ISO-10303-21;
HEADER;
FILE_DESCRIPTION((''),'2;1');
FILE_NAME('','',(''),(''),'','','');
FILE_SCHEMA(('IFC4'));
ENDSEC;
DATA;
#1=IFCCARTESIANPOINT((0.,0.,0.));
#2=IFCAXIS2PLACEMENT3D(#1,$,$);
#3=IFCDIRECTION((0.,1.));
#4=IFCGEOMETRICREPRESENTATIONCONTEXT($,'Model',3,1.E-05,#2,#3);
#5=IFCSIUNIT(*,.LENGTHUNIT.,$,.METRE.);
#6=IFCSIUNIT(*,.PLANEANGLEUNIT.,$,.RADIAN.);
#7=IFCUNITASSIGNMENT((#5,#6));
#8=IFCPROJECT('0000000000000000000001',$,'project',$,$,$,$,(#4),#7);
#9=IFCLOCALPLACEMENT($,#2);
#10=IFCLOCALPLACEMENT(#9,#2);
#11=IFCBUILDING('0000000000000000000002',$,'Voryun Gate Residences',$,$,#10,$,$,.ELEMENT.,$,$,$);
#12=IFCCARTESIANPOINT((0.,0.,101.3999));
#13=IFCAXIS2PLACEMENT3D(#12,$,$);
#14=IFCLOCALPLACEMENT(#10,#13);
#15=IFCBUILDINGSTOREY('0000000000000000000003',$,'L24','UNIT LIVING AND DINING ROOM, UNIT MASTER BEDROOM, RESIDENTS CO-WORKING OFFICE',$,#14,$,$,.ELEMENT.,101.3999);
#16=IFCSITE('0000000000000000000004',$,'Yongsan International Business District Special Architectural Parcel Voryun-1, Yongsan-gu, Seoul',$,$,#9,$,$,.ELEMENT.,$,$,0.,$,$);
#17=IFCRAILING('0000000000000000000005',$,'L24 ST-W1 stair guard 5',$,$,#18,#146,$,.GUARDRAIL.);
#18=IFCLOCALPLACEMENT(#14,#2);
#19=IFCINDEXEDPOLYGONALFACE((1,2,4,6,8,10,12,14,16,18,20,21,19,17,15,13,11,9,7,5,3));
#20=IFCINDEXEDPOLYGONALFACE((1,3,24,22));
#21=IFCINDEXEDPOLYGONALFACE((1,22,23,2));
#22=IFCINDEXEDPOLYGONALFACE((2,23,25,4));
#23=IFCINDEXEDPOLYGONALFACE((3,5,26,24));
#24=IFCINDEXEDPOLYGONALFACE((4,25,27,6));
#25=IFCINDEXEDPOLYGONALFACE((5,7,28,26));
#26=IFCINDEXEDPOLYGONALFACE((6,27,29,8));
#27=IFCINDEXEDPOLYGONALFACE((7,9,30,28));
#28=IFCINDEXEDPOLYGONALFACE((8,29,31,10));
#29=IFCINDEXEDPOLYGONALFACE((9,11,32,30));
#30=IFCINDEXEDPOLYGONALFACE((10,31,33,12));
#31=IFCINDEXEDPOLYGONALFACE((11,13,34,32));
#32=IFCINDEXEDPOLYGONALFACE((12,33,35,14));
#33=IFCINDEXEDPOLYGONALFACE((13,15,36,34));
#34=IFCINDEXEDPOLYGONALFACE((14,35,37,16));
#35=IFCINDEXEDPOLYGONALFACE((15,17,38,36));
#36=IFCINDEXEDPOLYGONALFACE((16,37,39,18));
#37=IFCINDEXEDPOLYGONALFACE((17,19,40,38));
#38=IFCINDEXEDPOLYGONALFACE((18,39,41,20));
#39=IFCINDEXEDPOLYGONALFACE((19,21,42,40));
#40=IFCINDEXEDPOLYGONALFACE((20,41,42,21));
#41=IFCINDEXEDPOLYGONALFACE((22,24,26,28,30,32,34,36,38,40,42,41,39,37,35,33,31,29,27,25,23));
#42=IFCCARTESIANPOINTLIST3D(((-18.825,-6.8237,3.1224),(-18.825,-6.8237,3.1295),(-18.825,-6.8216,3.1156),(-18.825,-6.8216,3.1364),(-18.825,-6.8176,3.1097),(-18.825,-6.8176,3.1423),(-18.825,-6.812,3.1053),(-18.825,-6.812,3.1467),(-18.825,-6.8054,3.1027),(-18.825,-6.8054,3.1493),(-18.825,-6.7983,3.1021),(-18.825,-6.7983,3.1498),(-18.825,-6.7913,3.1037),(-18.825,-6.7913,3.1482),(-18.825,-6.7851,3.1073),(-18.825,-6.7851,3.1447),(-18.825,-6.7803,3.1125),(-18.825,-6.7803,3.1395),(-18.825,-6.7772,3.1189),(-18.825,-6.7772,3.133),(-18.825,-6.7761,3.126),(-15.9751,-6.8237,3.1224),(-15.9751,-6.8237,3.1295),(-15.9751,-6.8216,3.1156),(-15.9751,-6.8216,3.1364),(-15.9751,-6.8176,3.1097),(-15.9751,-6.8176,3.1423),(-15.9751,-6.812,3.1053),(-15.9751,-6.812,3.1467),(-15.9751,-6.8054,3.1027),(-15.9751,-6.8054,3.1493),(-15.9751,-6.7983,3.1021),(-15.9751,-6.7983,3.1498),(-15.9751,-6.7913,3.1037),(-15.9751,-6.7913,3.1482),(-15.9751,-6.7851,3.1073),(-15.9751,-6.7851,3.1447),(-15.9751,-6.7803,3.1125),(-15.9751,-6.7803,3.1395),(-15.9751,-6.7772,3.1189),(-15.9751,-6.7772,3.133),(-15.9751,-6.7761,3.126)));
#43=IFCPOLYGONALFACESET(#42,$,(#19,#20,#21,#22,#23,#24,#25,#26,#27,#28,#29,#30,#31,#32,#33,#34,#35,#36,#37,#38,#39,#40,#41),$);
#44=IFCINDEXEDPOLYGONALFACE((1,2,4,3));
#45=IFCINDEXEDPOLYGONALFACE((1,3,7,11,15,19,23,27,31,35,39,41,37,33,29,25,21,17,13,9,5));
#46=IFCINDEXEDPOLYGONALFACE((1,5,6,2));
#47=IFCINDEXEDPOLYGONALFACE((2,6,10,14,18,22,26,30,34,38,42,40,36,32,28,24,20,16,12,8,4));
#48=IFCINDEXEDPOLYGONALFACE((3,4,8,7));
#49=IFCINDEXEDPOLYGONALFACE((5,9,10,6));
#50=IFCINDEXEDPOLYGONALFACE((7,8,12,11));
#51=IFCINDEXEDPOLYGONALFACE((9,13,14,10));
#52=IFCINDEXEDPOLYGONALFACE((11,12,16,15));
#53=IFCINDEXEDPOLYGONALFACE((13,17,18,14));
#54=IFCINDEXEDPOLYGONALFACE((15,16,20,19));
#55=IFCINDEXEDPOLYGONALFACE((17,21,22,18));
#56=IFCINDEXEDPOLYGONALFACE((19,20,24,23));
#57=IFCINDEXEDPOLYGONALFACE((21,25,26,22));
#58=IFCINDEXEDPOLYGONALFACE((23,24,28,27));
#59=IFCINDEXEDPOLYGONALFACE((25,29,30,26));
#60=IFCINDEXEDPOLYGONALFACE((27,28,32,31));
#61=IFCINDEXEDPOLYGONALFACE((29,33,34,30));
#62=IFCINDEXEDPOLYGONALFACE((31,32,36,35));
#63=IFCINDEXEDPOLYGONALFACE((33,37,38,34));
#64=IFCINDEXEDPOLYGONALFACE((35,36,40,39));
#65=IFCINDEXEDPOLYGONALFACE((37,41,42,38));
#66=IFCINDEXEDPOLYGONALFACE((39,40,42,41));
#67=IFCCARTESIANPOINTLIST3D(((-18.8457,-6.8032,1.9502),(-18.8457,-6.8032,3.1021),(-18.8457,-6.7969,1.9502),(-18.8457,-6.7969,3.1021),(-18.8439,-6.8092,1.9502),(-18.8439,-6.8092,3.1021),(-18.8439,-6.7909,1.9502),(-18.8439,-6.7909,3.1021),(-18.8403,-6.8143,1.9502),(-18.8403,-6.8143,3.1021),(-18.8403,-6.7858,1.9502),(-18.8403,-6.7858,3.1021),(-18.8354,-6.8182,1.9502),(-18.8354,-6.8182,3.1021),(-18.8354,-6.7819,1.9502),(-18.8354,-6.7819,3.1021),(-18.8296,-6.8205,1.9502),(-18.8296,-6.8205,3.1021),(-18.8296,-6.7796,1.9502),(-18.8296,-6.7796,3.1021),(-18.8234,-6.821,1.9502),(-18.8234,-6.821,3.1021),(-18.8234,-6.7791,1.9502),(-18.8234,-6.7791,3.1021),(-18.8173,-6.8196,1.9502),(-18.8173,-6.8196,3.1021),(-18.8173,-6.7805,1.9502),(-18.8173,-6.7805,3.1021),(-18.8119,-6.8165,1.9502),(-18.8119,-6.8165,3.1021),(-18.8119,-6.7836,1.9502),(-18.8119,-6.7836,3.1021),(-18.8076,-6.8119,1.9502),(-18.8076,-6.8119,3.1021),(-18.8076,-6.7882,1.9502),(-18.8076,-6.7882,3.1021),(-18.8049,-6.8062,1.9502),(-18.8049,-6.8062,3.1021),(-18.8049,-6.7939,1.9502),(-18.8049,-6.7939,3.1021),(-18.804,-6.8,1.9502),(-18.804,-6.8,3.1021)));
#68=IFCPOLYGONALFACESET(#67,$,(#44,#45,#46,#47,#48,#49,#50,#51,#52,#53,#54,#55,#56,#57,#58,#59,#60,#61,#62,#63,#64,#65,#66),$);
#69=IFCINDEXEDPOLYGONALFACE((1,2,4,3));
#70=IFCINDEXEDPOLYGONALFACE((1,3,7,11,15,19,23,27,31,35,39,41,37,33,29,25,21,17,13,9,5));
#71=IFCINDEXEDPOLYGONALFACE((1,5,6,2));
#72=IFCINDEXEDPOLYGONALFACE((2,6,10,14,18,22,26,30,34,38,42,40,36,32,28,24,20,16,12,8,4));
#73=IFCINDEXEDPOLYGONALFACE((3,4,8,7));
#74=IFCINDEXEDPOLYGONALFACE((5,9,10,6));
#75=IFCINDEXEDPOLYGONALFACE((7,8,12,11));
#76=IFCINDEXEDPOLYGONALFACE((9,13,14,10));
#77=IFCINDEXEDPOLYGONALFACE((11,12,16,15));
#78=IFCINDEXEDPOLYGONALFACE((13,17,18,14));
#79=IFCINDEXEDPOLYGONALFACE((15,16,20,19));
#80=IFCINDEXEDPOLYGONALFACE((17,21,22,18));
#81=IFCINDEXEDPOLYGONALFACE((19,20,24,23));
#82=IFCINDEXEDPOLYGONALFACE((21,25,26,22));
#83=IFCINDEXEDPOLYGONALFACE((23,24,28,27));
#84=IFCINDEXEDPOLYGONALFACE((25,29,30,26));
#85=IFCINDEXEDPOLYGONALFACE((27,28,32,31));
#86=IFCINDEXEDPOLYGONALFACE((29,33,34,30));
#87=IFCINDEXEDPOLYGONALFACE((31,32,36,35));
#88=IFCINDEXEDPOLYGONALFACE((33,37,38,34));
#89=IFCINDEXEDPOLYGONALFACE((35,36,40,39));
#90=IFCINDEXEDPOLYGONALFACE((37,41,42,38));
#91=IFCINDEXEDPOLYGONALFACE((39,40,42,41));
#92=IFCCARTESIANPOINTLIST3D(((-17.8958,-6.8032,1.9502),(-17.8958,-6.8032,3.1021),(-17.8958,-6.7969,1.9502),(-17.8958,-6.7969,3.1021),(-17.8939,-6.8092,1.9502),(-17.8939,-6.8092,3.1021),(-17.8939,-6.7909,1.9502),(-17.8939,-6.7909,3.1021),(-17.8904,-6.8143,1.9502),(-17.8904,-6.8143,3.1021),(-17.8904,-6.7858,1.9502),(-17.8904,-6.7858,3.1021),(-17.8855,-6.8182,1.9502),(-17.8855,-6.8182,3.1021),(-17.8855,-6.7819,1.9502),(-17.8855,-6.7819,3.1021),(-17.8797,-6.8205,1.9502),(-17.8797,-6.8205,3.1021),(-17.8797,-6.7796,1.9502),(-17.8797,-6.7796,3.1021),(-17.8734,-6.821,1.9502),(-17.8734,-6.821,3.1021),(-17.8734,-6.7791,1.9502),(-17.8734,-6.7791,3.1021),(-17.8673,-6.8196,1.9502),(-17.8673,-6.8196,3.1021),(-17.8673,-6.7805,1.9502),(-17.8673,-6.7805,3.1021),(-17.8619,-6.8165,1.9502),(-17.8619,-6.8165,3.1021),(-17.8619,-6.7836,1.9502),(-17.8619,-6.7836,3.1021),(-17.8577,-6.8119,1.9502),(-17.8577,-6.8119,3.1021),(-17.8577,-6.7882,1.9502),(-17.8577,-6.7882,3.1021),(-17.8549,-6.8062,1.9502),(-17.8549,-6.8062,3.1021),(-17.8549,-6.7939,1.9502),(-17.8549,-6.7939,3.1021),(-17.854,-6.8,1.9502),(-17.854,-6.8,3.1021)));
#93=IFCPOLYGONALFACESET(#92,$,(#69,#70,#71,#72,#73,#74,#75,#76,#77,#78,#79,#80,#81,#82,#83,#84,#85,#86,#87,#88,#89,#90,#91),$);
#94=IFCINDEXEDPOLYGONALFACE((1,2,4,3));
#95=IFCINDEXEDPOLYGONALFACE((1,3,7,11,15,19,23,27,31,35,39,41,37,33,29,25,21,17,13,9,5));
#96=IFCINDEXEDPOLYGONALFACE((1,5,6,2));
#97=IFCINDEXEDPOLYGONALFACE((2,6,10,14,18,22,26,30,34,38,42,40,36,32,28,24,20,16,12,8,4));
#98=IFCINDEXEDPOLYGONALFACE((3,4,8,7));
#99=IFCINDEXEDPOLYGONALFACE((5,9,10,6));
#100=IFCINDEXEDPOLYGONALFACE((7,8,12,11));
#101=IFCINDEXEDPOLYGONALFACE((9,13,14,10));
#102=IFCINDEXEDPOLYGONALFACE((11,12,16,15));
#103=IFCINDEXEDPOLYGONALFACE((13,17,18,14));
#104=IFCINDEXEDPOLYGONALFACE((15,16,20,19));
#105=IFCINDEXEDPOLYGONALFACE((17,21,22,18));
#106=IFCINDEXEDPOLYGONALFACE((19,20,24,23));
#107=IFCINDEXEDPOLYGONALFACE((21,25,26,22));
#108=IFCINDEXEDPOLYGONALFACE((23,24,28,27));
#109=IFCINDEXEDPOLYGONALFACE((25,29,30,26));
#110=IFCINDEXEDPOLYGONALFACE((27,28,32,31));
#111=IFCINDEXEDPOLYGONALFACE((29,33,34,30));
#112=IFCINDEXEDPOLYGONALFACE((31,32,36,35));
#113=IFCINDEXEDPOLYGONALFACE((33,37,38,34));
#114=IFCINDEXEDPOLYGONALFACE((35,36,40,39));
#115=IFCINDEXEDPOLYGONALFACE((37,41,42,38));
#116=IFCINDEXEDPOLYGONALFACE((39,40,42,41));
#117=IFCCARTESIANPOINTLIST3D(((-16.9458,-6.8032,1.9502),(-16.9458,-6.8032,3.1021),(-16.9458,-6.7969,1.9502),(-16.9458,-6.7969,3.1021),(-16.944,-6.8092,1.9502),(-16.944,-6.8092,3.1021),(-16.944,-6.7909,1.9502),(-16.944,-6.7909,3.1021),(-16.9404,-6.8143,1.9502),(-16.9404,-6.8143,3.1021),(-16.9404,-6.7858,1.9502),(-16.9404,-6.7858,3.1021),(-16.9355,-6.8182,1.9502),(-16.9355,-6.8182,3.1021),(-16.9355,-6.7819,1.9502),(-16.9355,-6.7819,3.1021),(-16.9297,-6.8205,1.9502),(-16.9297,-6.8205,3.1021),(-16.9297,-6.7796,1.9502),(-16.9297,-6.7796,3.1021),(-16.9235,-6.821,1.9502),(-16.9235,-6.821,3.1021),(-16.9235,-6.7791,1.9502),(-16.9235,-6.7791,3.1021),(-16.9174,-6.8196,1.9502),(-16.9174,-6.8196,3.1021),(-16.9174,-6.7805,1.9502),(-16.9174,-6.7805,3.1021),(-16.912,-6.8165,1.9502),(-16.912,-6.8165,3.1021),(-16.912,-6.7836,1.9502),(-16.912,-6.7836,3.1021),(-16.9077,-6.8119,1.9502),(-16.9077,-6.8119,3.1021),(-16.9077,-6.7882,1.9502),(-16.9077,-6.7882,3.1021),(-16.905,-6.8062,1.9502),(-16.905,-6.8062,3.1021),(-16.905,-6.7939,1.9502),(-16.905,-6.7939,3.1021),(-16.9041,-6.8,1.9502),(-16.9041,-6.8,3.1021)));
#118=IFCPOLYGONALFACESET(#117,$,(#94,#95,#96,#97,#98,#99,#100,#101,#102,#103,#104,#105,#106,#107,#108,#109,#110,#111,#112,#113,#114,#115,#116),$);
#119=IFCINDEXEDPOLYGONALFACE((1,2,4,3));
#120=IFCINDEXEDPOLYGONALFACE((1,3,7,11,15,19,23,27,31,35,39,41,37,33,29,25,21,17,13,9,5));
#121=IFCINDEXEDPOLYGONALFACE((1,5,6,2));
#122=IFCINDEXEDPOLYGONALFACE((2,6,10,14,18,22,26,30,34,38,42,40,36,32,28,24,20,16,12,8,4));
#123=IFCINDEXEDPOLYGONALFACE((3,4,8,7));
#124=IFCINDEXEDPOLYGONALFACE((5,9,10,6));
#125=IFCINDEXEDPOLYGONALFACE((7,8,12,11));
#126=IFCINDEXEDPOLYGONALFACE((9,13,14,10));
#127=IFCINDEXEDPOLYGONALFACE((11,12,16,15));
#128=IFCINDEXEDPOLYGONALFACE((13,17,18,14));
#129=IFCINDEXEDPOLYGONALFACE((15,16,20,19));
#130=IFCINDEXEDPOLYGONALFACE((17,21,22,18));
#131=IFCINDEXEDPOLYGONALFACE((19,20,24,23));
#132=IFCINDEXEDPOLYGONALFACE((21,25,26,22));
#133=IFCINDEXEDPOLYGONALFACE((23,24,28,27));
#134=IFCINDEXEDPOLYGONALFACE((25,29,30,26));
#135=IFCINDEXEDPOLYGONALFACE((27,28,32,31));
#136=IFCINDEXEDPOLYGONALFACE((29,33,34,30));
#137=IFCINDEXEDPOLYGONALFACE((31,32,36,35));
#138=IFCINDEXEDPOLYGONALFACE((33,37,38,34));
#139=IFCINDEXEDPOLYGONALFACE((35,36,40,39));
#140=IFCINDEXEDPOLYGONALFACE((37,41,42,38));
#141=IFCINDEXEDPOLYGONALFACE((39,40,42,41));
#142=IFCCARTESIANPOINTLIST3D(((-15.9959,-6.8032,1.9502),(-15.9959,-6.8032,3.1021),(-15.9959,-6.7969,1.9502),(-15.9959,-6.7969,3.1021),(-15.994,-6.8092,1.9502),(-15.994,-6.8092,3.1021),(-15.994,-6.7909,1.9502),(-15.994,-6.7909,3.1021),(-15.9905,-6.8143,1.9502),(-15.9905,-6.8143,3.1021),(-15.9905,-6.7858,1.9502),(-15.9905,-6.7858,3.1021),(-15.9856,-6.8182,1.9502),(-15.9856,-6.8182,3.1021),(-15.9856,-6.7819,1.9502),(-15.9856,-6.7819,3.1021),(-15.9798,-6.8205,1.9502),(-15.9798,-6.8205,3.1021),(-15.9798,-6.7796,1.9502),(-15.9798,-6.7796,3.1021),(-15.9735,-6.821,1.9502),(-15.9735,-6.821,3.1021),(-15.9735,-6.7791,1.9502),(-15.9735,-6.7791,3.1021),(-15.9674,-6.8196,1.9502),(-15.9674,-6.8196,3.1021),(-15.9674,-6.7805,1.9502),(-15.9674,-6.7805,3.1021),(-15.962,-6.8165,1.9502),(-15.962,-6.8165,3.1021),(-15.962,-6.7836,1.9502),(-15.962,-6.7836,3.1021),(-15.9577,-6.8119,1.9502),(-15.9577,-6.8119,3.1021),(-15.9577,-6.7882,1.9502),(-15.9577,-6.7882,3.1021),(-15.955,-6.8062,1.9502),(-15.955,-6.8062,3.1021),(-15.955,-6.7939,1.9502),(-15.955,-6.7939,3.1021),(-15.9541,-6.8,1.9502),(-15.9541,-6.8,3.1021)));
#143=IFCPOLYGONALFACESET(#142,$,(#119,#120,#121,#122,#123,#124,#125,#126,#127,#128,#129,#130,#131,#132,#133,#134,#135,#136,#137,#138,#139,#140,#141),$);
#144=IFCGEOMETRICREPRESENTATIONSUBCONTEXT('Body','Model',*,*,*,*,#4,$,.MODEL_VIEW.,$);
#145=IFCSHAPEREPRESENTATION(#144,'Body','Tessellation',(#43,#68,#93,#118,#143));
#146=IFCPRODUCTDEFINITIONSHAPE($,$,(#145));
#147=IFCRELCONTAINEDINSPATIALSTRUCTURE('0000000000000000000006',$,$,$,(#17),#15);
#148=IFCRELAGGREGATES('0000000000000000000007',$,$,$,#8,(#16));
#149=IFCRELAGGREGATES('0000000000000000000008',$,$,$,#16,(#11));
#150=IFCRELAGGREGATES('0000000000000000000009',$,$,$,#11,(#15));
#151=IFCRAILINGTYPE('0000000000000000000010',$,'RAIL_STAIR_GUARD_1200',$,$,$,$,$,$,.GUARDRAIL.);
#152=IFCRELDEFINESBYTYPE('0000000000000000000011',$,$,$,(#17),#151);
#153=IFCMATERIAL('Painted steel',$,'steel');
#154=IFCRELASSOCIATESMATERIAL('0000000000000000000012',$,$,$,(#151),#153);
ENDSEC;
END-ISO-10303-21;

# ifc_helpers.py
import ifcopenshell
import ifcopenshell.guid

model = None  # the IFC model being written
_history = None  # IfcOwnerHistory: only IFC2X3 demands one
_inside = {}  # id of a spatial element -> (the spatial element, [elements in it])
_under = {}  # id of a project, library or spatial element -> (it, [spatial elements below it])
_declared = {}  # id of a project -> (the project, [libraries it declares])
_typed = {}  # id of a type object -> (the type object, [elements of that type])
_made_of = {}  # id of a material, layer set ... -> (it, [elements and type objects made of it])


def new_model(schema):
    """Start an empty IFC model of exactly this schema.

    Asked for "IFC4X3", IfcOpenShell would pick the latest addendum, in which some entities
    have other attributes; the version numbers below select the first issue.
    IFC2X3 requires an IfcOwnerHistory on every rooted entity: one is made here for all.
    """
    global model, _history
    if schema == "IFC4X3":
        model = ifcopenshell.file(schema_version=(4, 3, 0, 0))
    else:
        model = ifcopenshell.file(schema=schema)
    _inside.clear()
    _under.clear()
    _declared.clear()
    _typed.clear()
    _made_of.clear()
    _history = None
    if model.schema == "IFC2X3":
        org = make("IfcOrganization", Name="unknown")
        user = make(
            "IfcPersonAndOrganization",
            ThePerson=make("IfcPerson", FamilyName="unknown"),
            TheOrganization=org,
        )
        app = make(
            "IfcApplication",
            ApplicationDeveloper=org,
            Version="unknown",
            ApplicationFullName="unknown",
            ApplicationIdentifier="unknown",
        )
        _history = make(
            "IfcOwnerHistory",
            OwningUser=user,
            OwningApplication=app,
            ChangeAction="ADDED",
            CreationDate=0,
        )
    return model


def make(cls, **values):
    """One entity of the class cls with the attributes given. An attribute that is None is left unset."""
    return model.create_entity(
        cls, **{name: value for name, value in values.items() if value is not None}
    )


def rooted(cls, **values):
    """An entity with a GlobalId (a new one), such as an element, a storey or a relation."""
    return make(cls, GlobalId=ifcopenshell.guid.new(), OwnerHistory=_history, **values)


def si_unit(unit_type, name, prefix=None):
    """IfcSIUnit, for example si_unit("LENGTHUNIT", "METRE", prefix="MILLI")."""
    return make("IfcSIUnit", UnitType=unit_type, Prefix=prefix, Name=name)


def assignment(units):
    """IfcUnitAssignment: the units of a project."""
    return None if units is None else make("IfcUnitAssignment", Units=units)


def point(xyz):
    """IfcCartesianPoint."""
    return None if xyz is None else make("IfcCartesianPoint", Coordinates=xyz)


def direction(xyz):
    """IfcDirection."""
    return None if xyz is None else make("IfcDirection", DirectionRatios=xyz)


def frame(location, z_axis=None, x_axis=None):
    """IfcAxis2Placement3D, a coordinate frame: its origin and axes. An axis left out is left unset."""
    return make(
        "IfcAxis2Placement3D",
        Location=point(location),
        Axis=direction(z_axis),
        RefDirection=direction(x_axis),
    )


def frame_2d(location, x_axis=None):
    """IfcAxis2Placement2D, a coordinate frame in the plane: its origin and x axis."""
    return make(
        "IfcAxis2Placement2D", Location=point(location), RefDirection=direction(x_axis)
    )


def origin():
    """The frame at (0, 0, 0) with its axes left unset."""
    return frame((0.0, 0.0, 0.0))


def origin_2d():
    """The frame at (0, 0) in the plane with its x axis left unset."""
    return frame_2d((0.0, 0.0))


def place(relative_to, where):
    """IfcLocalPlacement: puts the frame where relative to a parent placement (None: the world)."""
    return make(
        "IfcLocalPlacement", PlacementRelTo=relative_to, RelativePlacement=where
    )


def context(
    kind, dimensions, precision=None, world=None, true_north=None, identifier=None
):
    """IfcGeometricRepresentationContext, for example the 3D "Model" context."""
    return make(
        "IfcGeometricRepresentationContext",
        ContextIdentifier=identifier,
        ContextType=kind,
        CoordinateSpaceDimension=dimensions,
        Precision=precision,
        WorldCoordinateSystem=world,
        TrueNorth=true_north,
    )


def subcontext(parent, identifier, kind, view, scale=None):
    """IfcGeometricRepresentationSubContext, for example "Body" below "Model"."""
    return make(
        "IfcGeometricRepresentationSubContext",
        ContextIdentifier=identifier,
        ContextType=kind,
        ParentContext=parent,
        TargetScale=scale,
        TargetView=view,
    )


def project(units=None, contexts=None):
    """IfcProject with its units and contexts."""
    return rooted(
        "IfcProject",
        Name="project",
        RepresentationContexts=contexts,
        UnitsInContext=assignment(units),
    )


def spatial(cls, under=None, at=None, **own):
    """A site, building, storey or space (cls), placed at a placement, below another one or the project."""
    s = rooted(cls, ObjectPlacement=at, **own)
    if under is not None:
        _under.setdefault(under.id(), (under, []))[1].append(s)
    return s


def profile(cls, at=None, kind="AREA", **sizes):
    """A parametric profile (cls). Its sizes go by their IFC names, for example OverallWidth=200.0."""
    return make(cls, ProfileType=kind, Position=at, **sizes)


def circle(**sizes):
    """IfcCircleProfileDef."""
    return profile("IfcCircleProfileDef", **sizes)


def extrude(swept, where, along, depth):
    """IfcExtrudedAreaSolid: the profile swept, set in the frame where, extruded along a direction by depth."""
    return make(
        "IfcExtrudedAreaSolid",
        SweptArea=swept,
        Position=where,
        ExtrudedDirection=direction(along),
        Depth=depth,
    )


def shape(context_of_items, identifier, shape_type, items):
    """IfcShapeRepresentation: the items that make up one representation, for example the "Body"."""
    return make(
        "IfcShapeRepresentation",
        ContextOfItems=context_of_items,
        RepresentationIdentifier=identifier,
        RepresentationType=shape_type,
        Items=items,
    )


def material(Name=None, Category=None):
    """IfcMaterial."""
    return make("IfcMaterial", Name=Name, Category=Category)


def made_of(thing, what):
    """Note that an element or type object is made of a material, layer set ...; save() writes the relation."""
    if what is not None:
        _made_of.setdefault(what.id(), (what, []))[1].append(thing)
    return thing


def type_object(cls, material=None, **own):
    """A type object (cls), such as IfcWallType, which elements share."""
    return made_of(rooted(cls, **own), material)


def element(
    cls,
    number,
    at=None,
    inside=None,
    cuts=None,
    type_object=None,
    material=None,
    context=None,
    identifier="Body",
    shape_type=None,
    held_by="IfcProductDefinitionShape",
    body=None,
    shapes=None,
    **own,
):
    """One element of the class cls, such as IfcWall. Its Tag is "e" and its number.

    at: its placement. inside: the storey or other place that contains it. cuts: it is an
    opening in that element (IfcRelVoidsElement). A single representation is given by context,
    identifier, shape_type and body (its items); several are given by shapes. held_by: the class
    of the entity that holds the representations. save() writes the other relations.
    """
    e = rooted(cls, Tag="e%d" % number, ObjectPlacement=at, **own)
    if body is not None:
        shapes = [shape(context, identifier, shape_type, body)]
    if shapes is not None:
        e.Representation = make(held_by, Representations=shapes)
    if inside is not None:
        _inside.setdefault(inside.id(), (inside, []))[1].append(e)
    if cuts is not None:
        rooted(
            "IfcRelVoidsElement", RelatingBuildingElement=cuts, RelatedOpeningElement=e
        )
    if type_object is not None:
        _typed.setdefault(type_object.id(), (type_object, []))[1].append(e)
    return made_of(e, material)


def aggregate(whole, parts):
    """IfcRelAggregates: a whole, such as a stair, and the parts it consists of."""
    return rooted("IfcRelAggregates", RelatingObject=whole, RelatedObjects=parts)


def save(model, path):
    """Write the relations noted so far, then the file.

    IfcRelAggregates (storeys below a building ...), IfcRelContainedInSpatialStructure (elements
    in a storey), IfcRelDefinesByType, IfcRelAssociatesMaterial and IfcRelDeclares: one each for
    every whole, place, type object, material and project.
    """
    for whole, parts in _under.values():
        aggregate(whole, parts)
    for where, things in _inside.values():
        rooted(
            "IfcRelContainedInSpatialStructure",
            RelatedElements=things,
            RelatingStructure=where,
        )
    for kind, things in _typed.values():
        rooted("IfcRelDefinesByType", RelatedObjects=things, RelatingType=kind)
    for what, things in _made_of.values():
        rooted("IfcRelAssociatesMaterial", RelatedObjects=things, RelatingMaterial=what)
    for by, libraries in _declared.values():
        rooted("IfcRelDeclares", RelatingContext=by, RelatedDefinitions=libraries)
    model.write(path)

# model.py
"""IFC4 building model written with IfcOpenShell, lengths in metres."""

from ifc_helpers import new_model, si_unit, direction, frame, origin, origin_2d, place, context, subcontext, project, spatial, circle, extrude, material, type_object, element, save


model = new_model("IFC4")

# Units and contexts
model_context = context("Model", 3, precision=1e-05, world=origin(), true_north=direction((0.0, 1.0)))
body_context = subcontext(model_context, "Body", "Model", "MODEL_VIEW")
ifc_project = project(units=[si_unit("LENGTHUNIT", "METRE"), si_unit("PLANEANGLEUNIT", "RADIAN")], contexts=[model_context])

# Site, building, storey
site_placement = place(None, origin())
site = spatial("IfcSite", under=ifc_project, at=site_placement, Name="Yongsan International Business District Special Architectural Parcel Voryun-1, Yongsan-gu, Seoul", CompositionType="ELEMENT", RefElevation=0.0)
building_placement = place(site_placement, origin())
building = spatial("IfcBuilding", under=site, at=building_placement, Name="Voryun Gate Residences", CompositionType="ELEMENT")
storey_placement = place(building_placement, frame((0.0, 0.0, 101.3999)))
storey = spatial("IfcBuildingStorey", under=building, at=storey_placement, Name="L24", Description="UNIT LIVING AND DINING ROOM, UNIT MASTER BEDROOM, RESIDENTS CO-WORKING OFFICE", CompositionType="ELEMENT", Elevation=101.3999)

# Railing
ifc_material_1 = material(Name="Painted steel", Category="steel")
railing_type = type_object("IfcRailingType", Name="RAIL_STAIR_GUARD_1200", PredefinedType="GUARDRAIL", material=ifc_material_1)
railing_1_placement = place(storey_placement, frame((-18.825, -6.8, 1.9502)))
element("IfcRailing", 1, at=railing_1_placement, inside=storey, type_object=railing_type, Name="L24 ST-W1 stair guard 5", PredefinedType="GUARDRAIL", context=body_context, shape_type="SweptSolid", body=[
    extrude(circle(Radius=0.0239, at=origin_2d()), frame((0.0, 0.0, 1.1758), z_axis=(1.0, 0.0, 0.0), x_axis=(0.0, 1.0, 0.0)), (0.0, 0.0, 1.0), 2.8499),
    extrude(circle(Radius=0.021, at=origin_2d()), origin(), (0.0, 0.0, 1.0), 1.1519),
    extrude(circle(Radius=0.021, at=origin_2d()), frame((0.95, 0.0, 0.0)), (0.0, 0.0, 1.0), 1.1519),
    extrude(circle(Radius=0.021, at=origin_2d()), frame((1.8999, 0.0, 0.0)), (0.0, 0.0, 1.0), 1.1519),
    extrude(circle(Radius=0.021, at=origin_2d()), frame((2.8499, 0.0, 0.0)), (0.0, 0.0, 1.0), 1.1519),
])

save(model, "model.ifc")
